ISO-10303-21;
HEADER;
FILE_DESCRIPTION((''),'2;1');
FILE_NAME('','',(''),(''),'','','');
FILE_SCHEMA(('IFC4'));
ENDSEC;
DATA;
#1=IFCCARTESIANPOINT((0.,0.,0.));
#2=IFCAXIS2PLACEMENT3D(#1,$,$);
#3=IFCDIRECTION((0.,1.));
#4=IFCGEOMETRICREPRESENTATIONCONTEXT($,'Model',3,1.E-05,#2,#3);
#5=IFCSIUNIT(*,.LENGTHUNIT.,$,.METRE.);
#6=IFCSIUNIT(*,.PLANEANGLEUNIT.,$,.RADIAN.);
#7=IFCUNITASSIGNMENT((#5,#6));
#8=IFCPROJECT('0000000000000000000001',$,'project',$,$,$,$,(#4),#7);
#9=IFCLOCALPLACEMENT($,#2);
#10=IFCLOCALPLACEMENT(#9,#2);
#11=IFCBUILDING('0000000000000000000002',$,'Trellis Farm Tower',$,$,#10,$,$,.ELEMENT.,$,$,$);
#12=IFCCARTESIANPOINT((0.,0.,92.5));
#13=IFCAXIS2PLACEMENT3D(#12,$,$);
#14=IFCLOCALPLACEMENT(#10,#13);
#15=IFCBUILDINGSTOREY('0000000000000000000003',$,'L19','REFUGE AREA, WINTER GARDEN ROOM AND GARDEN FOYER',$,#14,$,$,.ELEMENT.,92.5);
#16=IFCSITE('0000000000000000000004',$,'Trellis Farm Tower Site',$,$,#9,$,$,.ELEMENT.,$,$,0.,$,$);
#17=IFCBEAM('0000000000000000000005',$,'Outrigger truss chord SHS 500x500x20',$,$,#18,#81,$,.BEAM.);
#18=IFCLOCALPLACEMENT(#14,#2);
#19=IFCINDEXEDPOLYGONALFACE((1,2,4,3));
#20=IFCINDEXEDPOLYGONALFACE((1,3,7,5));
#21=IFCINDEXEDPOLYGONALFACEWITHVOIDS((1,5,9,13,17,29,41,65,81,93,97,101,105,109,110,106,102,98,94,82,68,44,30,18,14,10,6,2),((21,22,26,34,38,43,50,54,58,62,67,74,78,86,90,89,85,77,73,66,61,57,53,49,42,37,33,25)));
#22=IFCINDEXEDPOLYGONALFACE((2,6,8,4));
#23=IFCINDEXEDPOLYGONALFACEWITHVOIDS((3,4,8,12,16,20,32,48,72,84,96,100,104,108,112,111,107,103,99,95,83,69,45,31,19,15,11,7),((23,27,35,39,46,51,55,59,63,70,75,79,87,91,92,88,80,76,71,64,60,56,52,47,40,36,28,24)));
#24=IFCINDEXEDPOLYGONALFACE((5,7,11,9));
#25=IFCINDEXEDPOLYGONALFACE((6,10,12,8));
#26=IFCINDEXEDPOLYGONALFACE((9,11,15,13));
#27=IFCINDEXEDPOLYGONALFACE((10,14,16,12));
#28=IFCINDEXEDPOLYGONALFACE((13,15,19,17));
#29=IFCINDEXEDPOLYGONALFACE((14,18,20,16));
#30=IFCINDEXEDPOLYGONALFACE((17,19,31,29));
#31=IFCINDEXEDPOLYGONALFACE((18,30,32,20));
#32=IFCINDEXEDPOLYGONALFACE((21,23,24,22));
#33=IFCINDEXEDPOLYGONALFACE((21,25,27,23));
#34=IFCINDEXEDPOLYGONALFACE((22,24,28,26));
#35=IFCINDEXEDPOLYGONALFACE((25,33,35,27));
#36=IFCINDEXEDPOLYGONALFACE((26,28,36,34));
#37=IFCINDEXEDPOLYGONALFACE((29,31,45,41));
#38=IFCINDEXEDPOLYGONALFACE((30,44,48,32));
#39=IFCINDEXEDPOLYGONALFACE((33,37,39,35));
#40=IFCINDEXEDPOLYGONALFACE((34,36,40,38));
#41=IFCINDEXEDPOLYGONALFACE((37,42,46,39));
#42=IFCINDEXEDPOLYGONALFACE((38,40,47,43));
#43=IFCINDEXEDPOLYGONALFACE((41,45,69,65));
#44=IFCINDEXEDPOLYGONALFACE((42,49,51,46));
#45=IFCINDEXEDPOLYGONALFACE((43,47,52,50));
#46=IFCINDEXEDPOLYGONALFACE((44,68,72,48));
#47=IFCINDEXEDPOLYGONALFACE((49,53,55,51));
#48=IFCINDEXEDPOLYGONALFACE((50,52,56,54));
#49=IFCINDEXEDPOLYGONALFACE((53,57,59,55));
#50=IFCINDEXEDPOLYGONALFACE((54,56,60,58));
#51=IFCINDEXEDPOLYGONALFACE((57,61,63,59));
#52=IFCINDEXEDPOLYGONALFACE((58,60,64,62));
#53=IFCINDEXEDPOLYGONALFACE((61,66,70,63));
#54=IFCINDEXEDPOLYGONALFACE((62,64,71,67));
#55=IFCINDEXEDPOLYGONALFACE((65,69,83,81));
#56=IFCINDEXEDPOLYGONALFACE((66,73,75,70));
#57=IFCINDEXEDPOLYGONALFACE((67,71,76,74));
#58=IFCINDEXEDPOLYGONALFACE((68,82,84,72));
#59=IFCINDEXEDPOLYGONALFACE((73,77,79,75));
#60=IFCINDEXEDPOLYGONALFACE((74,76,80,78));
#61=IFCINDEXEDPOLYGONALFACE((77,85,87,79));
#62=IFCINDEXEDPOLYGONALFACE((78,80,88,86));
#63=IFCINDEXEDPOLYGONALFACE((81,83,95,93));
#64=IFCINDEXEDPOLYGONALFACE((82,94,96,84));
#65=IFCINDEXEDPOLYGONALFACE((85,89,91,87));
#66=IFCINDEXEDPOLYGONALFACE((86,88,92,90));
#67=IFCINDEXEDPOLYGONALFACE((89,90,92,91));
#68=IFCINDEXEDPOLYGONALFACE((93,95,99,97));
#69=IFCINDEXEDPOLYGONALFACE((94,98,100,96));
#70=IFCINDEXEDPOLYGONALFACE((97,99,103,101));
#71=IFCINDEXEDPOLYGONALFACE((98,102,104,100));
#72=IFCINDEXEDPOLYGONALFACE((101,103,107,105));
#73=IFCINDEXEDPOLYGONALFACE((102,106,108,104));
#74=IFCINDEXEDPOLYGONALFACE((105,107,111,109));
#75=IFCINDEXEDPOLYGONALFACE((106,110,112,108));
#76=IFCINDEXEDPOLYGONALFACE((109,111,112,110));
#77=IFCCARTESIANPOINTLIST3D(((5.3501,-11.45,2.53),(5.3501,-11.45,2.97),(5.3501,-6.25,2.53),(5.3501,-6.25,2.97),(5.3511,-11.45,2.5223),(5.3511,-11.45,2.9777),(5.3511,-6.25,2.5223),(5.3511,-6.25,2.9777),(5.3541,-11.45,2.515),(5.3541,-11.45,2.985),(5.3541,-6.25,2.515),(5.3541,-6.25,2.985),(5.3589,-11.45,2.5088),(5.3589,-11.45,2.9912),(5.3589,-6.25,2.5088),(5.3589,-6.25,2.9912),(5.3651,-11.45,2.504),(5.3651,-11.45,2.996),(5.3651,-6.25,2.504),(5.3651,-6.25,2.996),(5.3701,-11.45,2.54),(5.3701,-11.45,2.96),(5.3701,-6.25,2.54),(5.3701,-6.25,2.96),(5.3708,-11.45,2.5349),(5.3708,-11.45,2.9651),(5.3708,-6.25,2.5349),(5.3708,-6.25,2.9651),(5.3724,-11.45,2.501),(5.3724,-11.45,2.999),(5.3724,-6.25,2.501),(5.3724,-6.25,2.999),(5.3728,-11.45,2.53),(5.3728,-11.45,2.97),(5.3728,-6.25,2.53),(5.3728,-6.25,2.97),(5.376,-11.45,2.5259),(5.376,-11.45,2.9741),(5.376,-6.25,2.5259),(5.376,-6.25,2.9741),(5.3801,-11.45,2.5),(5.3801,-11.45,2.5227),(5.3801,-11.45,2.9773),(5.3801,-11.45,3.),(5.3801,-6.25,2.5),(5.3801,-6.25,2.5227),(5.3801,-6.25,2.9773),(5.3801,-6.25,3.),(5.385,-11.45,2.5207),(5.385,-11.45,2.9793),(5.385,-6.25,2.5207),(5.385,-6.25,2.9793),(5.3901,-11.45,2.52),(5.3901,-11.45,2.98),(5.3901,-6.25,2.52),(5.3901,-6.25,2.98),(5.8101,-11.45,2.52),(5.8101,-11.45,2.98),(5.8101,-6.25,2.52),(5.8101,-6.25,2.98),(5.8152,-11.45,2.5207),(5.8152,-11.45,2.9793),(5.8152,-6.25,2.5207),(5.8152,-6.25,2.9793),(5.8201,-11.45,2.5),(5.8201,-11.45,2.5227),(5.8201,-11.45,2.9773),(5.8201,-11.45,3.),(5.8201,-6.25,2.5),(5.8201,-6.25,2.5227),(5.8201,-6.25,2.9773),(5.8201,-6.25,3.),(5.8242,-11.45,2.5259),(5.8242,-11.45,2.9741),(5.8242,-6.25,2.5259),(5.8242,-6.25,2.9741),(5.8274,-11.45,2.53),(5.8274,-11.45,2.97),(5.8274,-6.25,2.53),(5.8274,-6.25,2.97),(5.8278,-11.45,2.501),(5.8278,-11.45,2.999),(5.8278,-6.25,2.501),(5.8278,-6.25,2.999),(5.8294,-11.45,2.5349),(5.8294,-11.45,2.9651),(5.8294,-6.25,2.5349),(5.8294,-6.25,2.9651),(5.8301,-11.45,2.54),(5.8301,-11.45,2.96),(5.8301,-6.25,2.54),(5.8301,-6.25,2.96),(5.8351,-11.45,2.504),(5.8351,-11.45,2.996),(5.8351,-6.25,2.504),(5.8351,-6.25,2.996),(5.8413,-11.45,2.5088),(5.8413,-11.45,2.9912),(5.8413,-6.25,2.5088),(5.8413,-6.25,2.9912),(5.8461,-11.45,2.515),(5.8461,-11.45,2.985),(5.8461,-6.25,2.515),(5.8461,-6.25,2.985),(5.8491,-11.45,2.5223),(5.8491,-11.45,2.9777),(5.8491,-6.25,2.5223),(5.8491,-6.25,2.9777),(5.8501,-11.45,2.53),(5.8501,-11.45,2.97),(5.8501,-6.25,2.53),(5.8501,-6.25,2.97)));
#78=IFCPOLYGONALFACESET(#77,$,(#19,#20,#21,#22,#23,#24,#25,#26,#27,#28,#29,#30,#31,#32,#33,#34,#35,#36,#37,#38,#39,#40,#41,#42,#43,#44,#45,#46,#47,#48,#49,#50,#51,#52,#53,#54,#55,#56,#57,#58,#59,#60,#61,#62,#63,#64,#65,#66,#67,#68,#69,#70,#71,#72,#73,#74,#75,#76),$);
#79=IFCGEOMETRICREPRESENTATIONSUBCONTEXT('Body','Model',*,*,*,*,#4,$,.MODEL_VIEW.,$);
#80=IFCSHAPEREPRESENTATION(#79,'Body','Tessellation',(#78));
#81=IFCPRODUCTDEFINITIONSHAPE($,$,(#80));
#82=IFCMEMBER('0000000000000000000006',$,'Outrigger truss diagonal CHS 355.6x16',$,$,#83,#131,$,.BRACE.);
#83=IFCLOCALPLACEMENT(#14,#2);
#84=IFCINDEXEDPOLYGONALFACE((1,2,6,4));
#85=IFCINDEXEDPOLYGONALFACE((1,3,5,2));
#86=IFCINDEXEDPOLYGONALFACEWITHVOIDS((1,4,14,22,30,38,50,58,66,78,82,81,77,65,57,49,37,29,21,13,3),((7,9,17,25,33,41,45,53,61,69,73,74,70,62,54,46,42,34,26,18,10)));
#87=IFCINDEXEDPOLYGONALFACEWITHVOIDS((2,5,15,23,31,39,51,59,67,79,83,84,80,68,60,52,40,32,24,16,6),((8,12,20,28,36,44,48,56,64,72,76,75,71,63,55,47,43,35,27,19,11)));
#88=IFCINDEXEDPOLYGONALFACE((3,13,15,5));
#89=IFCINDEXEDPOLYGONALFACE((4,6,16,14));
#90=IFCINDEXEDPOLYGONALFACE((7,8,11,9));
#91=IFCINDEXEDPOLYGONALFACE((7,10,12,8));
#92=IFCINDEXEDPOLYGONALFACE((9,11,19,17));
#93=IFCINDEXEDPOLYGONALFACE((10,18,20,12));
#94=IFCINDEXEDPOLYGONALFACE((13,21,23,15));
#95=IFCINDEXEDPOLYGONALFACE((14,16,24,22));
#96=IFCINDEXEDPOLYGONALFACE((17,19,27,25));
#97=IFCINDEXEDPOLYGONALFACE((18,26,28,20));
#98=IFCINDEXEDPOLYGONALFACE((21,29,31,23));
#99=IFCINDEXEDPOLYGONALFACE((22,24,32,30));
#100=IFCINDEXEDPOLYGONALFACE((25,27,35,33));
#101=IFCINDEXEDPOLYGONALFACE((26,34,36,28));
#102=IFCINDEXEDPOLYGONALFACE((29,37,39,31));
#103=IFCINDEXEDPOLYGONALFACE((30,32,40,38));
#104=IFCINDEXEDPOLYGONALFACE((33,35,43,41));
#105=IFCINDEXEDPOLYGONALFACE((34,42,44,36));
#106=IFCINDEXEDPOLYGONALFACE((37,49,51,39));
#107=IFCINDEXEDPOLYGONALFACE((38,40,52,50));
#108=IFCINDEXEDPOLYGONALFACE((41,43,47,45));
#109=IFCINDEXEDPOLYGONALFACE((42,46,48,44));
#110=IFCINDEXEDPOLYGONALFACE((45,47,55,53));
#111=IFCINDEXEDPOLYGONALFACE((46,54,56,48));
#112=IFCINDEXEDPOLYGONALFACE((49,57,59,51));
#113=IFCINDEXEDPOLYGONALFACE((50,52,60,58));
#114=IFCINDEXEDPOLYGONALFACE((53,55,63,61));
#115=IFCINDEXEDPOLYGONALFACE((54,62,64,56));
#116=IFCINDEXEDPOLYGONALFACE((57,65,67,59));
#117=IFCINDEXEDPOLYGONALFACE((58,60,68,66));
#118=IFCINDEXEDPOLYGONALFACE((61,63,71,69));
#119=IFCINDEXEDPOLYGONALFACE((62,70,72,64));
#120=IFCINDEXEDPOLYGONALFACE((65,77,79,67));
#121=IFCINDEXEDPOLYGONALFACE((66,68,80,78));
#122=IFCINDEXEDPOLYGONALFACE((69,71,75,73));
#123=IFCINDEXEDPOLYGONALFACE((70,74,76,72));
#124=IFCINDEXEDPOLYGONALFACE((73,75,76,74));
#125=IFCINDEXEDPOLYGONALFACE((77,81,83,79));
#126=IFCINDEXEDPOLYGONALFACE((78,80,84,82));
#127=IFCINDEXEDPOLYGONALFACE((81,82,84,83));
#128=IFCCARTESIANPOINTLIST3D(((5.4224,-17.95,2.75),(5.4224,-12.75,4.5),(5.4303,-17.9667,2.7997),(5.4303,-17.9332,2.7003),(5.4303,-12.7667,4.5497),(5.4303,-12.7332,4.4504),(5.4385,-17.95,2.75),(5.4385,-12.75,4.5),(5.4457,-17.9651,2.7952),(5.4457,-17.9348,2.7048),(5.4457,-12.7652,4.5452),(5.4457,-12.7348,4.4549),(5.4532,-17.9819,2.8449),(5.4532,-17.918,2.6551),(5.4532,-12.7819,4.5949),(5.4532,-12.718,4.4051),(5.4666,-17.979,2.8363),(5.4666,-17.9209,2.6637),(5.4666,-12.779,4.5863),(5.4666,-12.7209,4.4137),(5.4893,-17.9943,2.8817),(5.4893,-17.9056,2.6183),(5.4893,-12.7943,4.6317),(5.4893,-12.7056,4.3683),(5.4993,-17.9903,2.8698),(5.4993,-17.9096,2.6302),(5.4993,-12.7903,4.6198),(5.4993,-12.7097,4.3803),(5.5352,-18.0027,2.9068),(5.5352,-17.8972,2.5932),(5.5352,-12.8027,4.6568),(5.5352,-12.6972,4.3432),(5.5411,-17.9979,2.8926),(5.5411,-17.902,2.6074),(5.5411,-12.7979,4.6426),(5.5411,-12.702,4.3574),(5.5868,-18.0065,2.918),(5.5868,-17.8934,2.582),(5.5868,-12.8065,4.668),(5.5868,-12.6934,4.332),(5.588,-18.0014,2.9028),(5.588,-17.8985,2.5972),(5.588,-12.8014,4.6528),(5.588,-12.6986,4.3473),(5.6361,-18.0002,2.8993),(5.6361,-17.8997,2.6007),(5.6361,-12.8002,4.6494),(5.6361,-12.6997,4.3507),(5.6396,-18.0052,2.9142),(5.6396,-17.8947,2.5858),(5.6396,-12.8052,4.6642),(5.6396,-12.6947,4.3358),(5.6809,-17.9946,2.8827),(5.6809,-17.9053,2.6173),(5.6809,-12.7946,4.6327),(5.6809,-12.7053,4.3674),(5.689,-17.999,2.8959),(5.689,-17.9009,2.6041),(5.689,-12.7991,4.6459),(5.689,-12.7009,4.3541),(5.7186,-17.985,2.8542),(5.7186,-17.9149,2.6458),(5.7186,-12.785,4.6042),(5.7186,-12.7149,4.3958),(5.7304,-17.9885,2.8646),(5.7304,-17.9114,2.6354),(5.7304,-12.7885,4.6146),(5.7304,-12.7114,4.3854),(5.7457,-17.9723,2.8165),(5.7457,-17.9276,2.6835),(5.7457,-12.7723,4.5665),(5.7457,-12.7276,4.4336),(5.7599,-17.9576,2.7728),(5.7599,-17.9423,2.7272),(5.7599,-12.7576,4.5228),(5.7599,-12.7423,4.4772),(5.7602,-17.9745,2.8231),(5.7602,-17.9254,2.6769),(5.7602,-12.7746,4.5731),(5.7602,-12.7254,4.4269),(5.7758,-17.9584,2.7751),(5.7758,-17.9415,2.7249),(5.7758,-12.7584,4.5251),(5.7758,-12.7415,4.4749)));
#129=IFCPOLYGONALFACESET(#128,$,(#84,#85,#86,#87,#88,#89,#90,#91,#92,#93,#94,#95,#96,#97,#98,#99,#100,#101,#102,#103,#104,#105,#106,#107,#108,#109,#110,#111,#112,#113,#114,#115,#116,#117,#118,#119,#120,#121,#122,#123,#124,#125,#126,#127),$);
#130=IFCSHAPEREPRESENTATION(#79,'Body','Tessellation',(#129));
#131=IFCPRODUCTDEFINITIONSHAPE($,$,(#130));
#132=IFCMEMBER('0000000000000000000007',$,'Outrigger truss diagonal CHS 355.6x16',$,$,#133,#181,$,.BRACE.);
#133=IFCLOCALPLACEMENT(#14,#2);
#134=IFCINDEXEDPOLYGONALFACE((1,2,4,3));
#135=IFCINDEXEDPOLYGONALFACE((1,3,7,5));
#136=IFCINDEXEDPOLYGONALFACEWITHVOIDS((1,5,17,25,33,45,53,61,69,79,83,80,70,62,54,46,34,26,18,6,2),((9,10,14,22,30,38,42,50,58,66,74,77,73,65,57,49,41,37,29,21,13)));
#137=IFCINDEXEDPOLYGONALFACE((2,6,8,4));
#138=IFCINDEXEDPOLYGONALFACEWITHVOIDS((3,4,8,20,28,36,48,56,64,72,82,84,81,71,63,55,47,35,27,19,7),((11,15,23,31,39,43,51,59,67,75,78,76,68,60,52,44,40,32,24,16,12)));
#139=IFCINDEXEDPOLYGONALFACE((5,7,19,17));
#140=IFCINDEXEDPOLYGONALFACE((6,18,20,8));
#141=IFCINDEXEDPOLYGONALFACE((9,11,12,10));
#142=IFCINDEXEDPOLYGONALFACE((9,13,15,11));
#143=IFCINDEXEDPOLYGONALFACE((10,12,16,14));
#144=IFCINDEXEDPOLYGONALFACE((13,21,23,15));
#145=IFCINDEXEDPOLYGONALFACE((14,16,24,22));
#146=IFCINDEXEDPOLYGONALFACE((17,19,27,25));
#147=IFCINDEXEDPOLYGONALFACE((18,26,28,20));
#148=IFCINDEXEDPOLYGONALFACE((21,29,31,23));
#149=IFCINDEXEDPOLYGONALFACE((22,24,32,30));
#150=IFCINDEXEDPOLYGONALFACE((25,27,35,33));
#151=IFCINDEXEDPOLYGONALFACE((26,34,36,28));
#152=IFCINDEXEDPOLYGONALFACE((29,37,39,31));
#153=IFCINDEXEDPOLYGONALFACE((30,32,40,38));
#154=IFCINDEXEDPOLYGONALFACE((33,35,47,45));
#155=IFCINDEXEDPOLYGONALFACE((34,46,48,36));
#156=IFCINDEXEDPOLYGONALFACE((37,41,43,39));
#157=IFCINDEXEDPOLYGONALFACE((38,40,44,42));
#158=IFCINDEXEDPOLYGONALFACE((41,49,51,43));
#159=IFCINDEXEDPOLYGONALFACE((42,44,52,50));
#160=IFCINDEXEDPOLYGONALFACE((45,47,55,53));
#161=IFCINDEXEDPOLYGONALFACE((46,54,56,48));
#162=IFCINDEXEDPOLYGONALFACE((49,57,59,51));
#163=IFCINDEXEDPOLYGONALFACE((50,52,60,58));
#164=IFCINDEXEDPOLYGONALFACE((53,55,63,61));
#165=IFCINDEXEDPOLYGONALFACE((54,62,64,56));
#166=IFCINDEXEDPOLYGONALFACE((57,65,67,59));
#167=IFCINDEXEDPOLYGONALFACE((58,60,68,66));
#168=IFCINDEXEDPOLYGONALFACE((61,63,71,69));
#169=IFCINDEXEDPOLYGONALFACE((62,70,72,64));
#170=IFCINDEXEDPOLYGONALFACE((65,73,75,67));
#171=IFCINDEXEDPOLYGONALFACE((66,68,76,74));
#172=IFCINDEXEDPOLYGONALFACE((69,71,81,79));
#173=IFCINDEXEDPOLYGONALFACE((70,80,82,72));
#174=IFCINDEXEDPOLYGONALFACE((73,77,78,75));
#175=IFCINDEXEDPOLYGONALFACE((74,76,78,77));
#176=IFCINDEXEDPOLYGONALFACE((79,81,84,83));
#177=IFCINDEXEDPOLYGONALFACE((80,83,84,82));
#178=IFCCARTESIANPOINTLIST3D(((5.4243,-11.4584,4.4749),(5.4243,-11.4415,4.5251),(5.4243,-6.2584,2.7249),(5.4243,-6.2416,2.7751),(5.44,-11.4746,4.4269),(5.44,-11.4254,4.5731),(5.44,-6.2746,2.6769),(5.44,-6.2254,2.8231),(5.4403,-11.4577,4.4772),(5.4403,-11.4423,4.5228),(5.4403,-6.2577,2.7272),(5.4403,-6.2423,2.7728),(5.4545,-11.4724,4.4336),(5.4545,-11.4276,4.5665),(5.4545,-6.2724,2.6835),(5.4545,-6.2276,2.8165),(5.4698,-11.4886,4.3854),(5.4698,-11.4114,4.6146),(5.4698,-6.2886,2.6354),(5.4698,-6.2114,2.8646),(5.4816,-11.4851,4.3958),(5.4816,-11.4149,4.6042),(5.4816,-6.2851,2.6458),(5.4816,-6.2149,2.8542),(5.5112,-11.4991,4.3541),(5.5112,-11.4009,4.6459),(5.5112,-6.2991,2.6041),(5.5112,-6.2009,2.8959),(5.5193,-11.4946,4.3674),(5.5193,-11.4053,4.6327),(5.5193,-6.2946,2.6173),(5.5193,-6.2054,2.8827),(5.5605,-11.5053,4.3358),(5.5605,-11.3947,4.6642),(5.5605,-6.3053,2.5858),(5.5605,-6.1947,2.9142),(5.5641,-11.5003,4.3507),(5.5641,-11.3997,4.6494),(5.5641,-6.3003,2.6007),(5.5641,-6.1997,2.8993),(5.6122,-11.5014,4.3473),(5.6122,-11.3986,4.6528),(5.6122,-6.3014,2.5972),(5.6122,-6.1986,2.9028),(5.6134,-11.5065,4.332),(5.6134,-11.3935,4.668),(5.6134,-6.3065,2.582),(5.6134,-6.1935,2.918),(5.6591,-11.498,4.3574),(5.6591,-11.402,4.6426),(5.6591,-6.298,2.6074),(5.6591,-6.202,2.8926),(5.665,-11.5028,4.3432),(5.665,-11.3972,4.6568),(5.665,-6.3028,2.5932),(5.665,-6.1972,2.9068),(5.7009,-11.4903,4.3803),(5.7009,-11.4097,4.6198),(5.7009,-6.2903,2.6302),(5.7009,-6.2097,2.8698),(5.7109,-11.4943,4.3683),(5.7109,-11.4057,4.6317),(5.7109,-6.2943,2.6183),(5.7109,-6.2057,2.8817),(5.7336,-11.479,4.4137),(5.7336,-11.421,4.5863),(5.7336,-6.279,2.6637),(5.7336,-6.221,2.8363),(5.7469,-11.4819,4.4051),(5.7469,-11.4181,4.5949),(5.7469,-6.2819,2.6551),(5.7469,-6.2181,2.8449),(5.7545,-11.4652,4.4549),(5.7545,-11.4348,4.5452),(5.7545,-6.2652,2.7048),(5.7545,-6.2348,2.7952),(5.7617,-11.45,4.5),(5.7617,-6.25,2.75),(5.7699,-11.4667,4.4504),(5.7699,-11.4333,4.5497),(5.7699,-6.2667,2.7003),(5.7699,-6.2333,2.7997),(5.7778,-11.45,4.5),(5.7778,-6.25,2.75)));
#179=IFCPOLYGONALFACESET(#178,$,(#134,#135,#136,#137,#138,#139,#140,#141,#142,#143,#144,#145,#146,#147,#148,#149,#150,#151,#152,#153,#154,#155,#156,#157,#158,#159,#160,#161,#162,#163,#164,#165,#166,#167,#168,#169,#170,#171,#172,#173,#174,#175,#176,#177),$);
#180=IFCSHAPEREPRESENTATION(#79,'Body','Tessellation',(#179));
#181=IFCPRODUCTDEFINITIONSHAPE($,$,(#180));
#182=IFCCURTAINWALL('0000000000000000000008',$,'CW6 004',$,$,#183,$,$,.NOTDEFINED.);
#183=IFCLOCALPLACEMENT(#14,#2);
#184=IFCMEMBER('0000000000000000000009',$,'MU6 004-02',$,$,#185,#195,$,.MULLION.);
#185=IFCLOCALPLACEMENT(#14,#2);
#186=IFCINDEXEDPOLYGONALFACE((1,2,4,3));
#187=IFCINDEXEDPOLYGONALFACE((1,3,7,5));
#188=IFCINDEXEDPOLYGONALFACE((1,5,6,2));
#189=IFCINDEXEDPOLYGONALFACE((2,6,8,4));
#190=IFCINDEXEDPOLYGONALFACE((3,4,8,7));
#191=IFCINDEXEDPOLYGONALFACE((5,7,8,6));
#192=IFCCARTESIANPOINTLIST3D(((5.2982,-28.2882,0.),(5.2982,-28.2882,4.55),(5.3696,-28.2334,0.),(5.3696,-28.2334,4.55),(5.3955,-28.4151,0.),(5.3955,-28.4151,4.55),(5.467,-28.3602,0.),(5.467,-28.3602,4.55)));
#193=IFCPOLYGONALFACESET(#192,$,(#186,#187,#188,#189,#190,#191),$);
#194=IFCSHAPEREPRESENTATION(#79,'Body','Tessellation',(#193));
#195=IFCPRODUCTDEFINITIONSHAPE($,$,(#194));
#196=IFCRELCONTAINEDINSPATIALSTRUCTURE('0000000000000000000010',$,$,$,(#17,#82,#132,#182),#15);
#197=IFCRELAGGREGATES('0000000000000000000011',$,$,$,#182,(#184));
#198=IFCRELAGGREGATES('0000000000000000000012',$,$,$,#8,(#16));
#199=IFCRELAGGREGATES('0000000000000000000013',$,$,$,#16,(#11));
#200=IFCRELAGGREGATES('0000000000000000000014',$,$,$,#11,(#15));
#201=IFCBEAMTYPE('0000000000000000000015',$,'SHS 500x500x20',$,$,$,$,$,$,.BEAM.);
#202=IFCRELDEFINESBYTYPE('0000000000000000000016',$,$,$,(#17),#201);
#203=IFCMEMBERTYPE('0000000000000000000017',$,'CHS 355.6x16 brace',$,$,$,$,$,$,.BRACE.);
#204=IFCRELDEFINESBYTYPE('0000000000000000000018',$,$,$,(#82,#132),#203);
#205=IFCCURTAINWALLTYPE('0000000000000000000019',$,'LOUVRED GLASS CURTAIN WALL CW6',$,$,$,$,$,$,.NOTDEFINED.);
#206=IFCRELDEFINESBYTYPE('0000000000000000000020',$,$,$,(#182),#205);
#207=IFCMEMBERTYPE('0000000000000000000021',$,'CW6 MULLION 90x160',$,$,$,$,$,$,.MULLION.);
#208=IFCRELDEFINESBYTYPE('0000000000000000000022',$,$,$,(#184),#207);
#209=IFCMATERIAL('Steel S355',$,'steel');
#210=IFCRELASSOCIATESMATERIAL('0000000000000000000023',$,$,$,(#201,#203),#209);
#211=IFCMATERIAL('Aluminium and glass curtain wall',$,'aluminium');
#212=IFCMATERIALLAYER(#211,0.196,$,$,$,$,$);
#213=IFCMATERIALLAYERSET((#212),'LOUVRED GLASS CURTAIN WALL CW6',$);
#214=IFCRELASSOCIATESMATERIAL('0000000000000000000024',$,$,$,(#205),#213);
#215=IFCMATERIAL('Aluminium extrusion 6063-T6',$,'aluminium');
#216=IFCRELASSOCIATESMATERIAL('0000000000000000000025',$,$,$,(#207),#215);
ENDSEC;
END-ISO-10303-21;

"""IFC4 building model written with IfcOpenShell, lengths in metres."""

from ifc_helpers import new_model, si_unit, direction, frame, origin, origin_2d, place, context, subcontext, project, spatial, rectangle, hollow_rectangle, hollow_circle, extrude, source, transform, mapped, material, layer, layer_set, material_profile, profile_set, type_object, element, aggregate, save


model = new_model("IFC4")

# Units and contexts
model_context = context("Model", 3, precision=1e-05, world=origin(), true_north=direction((0.0, 1.0)))
body_context = subcontext(model_context, "Body", "Model", "MODEL_VIEW")
ifc_project = project(units=[si_unit("LENGTHUNIT", "METRE"), si_unit("PLANEANGLEUNIT", "RADIAN")], contexts=[model_context])

# Site, building, storey
site_placement = place(None, origin())
site = spatial("IfcSite", under=ifc_project, at=site_placement, Name="Trellis Farm Tower Site", CompositionType="ELEMENT", RefElevation=0.0)
building_placement = place(site_placement, origin())
building = spatial("IfcBuilding", under=site, at=building_placement, Name="Trellis Farm Tower", CompositionType="ELEMENT")
storey_placement = place(building_placement, frame((0.0, 0.0, 92.5)))
storey = spatial("IfcBuildingStorey", under=building, at=storey_placement, Name="L19", Description="REFUGE AREA, WINTER GARDEN ROOM AND GARDEN FOYER", CompositionType="ELEMENT", Elevation=92.5)

# Beam
ifc_material_1 = material(Name="Steel S355", Category="steel")
ifc_material_profile_1 = material_profile(ifc_material_1, hollow_rectangle(XDim=0.5, YDim=0.5, WallThickness=0.02, InnerFilletRadius=0.02, OuterFilletRadius=0.03, at=origin_2d()), Name="SHS 500x500x20")
ifc_profile_set_1 = profile_set([ifc_material_profile_1], Name="Steel S355")
beam_type_1 = type_object("IfcBeamType", Name="SHS 500x500x20", PredefinedType="BEAM", material=ifc_profile_set_1)
shared_shape_1 = source(origin(), body_context, "Body", "SweptSolid", [
    extrude(hollow_rectangle(XDim=0.5, YDim=0.5, WallThickness=0.02, InnerFilletRadius=0.02, OuterFilletRadius=0.03, at=origin_2d()), origin(), (0.0, 0.0, 1.0), 5.2),
])
for number, where, z_axis, x_axis, name in (
    (1, (5.6001, -11.45, 2.75), (0.0, 1.0, 0.0), (-1.0, 0.0, 0.0), "Outrigger truss chord SHS 500x500x20"),
):
    element("IfcBeam", number, at=place(storey_placement, frame(where, z_axis=z_axis, x_axis=x_axis)), inside=storey, type_object=beam_type_1, Name=name, PredefinedType="BEAM", context=body_context, shape_type="MappedRepresentation", body=[
        mapped(shared_shape_1, transform((0.0, 0.0, 0.0))),
    ])

# Members
ifc_material_profile_2 = material_profile(ifc_material_1, hollow_circle(Radius=0.1777, WallThickness=0.0161, at=origin_2d()), Name="CHS 355.6x16")
ifc_profile_set_2 = profile_set([ifc_material_profile_2], Name="Steel S355")
member_type_1 = type_object("IfcMemberType", Name="CHS 355.6x16 brace", PredefinedType="BRACE", material=ifc_profile_set_2)
shared_shape_2 = source(origin(), body_context, "Body", "SweptSolid", [
    extrude(hollow_circle(Radius=0.1777, WallThickness=0.0161, at=origin_2d()), origin(), (0.0, 0.0, 1.0), 5.4866),
])
for number, where, z_axis, x_axis, name in (
    (2, (5.6001, -17.95, 2.75), (0.0, 0.947767, 0.318963), (-1.0, 0.0, 0.0), "Outrigger truss diagonal CHS 355.6x16"),
    (3, (5.6001, -6.25, 2.75), (0.0, -0.947767, 0.318963), (1.0, 0.0, 0.0), "Outrigger truss diagonal CHS 355.6x16"),
):
    element("IfcMember", number, at=place(storey_placement, frame(where, z_axis=z_axis, x_axis=x_axis)), inside=storey, type_object=member_type_1, Name=name, PredefinedType="BRACE", context=body_context, shape_type="MappedRepresentation", body=[
        mapped(shared_shape_2, transform((0.0, 0.0, 0.0))),
    ])

# Curtain wall, member
ifc_material_2 = material(Name="Aluminium and glass curtain wall", Category="aluminium")
ifc_layer_1 = layer(ifc_material_2, 0.196)
ifc_layer_set_1 = layer_set([ifc_layer_1], Name="LOUVRED GLASS CURTAIN WALL CW6")
curtain_wall_type = type_object("IfcCurtainWallType", Name="LOUVRED GLASS CURTAIN WALL CW6", PredefinedType="NOTDEFINED", material=ifc_layer_set_1)
placement = place(storey_placement, origin())
curtain_wall_1 = element("IfcCurtainWall", 4, at=placement, inside=storey, type_object=curtain_wall_type, Name="CW6 004", PredefinedType="NOTDEFINED")
ifc_material_3 = material(Name="Aluminium extrusion 6063-T6", Category="aluminium")
ifc_material_profile_3 = material_profile(ifc_material_3, rectangle(XDim=0.0901, YDim=0.1599, at=origin_2d()), Name="MULLION 90x160")
ifc_profile_set_3 = profile_set([ifc_material_profile_3], Name="Aluminium extrusion 6063-T6")
member_type_2 = type_object("IfcMemberType", Name="CW6 MULLION 90x160", PredefinedType="MULLION", material=ifc_profile_set_3)
shared_shape_3 = source(origin(), body_context, "Body", "SweptSolid", [
    extrude(rectangle(XDim=0.0901, YDim=0.1599, at=origin_2d()), origin(), (0.0, 0.0, 1.0), 4.55),
])
member_1_placement = place(storey_placement, frame((5.3826, -28.3242, 0.0), z_axis=(0.0, 0.0, 1.0), x_axis=(0.793353, 0.608761, 0.0)))
member_1 = element("IfcMember", 5, at=member_1_placement, type_object=member_type_2, Name="MU6 004-02", PredefinedType="MULLION", context=body_context, shape_type="MappedRepresentation", body=[
    mapped(shared_shape_3, transform((0.0, 0.0, 0.0))),
])
aggregate(curtain_wall_1, [member_1])

save(model, "model.ifc")
